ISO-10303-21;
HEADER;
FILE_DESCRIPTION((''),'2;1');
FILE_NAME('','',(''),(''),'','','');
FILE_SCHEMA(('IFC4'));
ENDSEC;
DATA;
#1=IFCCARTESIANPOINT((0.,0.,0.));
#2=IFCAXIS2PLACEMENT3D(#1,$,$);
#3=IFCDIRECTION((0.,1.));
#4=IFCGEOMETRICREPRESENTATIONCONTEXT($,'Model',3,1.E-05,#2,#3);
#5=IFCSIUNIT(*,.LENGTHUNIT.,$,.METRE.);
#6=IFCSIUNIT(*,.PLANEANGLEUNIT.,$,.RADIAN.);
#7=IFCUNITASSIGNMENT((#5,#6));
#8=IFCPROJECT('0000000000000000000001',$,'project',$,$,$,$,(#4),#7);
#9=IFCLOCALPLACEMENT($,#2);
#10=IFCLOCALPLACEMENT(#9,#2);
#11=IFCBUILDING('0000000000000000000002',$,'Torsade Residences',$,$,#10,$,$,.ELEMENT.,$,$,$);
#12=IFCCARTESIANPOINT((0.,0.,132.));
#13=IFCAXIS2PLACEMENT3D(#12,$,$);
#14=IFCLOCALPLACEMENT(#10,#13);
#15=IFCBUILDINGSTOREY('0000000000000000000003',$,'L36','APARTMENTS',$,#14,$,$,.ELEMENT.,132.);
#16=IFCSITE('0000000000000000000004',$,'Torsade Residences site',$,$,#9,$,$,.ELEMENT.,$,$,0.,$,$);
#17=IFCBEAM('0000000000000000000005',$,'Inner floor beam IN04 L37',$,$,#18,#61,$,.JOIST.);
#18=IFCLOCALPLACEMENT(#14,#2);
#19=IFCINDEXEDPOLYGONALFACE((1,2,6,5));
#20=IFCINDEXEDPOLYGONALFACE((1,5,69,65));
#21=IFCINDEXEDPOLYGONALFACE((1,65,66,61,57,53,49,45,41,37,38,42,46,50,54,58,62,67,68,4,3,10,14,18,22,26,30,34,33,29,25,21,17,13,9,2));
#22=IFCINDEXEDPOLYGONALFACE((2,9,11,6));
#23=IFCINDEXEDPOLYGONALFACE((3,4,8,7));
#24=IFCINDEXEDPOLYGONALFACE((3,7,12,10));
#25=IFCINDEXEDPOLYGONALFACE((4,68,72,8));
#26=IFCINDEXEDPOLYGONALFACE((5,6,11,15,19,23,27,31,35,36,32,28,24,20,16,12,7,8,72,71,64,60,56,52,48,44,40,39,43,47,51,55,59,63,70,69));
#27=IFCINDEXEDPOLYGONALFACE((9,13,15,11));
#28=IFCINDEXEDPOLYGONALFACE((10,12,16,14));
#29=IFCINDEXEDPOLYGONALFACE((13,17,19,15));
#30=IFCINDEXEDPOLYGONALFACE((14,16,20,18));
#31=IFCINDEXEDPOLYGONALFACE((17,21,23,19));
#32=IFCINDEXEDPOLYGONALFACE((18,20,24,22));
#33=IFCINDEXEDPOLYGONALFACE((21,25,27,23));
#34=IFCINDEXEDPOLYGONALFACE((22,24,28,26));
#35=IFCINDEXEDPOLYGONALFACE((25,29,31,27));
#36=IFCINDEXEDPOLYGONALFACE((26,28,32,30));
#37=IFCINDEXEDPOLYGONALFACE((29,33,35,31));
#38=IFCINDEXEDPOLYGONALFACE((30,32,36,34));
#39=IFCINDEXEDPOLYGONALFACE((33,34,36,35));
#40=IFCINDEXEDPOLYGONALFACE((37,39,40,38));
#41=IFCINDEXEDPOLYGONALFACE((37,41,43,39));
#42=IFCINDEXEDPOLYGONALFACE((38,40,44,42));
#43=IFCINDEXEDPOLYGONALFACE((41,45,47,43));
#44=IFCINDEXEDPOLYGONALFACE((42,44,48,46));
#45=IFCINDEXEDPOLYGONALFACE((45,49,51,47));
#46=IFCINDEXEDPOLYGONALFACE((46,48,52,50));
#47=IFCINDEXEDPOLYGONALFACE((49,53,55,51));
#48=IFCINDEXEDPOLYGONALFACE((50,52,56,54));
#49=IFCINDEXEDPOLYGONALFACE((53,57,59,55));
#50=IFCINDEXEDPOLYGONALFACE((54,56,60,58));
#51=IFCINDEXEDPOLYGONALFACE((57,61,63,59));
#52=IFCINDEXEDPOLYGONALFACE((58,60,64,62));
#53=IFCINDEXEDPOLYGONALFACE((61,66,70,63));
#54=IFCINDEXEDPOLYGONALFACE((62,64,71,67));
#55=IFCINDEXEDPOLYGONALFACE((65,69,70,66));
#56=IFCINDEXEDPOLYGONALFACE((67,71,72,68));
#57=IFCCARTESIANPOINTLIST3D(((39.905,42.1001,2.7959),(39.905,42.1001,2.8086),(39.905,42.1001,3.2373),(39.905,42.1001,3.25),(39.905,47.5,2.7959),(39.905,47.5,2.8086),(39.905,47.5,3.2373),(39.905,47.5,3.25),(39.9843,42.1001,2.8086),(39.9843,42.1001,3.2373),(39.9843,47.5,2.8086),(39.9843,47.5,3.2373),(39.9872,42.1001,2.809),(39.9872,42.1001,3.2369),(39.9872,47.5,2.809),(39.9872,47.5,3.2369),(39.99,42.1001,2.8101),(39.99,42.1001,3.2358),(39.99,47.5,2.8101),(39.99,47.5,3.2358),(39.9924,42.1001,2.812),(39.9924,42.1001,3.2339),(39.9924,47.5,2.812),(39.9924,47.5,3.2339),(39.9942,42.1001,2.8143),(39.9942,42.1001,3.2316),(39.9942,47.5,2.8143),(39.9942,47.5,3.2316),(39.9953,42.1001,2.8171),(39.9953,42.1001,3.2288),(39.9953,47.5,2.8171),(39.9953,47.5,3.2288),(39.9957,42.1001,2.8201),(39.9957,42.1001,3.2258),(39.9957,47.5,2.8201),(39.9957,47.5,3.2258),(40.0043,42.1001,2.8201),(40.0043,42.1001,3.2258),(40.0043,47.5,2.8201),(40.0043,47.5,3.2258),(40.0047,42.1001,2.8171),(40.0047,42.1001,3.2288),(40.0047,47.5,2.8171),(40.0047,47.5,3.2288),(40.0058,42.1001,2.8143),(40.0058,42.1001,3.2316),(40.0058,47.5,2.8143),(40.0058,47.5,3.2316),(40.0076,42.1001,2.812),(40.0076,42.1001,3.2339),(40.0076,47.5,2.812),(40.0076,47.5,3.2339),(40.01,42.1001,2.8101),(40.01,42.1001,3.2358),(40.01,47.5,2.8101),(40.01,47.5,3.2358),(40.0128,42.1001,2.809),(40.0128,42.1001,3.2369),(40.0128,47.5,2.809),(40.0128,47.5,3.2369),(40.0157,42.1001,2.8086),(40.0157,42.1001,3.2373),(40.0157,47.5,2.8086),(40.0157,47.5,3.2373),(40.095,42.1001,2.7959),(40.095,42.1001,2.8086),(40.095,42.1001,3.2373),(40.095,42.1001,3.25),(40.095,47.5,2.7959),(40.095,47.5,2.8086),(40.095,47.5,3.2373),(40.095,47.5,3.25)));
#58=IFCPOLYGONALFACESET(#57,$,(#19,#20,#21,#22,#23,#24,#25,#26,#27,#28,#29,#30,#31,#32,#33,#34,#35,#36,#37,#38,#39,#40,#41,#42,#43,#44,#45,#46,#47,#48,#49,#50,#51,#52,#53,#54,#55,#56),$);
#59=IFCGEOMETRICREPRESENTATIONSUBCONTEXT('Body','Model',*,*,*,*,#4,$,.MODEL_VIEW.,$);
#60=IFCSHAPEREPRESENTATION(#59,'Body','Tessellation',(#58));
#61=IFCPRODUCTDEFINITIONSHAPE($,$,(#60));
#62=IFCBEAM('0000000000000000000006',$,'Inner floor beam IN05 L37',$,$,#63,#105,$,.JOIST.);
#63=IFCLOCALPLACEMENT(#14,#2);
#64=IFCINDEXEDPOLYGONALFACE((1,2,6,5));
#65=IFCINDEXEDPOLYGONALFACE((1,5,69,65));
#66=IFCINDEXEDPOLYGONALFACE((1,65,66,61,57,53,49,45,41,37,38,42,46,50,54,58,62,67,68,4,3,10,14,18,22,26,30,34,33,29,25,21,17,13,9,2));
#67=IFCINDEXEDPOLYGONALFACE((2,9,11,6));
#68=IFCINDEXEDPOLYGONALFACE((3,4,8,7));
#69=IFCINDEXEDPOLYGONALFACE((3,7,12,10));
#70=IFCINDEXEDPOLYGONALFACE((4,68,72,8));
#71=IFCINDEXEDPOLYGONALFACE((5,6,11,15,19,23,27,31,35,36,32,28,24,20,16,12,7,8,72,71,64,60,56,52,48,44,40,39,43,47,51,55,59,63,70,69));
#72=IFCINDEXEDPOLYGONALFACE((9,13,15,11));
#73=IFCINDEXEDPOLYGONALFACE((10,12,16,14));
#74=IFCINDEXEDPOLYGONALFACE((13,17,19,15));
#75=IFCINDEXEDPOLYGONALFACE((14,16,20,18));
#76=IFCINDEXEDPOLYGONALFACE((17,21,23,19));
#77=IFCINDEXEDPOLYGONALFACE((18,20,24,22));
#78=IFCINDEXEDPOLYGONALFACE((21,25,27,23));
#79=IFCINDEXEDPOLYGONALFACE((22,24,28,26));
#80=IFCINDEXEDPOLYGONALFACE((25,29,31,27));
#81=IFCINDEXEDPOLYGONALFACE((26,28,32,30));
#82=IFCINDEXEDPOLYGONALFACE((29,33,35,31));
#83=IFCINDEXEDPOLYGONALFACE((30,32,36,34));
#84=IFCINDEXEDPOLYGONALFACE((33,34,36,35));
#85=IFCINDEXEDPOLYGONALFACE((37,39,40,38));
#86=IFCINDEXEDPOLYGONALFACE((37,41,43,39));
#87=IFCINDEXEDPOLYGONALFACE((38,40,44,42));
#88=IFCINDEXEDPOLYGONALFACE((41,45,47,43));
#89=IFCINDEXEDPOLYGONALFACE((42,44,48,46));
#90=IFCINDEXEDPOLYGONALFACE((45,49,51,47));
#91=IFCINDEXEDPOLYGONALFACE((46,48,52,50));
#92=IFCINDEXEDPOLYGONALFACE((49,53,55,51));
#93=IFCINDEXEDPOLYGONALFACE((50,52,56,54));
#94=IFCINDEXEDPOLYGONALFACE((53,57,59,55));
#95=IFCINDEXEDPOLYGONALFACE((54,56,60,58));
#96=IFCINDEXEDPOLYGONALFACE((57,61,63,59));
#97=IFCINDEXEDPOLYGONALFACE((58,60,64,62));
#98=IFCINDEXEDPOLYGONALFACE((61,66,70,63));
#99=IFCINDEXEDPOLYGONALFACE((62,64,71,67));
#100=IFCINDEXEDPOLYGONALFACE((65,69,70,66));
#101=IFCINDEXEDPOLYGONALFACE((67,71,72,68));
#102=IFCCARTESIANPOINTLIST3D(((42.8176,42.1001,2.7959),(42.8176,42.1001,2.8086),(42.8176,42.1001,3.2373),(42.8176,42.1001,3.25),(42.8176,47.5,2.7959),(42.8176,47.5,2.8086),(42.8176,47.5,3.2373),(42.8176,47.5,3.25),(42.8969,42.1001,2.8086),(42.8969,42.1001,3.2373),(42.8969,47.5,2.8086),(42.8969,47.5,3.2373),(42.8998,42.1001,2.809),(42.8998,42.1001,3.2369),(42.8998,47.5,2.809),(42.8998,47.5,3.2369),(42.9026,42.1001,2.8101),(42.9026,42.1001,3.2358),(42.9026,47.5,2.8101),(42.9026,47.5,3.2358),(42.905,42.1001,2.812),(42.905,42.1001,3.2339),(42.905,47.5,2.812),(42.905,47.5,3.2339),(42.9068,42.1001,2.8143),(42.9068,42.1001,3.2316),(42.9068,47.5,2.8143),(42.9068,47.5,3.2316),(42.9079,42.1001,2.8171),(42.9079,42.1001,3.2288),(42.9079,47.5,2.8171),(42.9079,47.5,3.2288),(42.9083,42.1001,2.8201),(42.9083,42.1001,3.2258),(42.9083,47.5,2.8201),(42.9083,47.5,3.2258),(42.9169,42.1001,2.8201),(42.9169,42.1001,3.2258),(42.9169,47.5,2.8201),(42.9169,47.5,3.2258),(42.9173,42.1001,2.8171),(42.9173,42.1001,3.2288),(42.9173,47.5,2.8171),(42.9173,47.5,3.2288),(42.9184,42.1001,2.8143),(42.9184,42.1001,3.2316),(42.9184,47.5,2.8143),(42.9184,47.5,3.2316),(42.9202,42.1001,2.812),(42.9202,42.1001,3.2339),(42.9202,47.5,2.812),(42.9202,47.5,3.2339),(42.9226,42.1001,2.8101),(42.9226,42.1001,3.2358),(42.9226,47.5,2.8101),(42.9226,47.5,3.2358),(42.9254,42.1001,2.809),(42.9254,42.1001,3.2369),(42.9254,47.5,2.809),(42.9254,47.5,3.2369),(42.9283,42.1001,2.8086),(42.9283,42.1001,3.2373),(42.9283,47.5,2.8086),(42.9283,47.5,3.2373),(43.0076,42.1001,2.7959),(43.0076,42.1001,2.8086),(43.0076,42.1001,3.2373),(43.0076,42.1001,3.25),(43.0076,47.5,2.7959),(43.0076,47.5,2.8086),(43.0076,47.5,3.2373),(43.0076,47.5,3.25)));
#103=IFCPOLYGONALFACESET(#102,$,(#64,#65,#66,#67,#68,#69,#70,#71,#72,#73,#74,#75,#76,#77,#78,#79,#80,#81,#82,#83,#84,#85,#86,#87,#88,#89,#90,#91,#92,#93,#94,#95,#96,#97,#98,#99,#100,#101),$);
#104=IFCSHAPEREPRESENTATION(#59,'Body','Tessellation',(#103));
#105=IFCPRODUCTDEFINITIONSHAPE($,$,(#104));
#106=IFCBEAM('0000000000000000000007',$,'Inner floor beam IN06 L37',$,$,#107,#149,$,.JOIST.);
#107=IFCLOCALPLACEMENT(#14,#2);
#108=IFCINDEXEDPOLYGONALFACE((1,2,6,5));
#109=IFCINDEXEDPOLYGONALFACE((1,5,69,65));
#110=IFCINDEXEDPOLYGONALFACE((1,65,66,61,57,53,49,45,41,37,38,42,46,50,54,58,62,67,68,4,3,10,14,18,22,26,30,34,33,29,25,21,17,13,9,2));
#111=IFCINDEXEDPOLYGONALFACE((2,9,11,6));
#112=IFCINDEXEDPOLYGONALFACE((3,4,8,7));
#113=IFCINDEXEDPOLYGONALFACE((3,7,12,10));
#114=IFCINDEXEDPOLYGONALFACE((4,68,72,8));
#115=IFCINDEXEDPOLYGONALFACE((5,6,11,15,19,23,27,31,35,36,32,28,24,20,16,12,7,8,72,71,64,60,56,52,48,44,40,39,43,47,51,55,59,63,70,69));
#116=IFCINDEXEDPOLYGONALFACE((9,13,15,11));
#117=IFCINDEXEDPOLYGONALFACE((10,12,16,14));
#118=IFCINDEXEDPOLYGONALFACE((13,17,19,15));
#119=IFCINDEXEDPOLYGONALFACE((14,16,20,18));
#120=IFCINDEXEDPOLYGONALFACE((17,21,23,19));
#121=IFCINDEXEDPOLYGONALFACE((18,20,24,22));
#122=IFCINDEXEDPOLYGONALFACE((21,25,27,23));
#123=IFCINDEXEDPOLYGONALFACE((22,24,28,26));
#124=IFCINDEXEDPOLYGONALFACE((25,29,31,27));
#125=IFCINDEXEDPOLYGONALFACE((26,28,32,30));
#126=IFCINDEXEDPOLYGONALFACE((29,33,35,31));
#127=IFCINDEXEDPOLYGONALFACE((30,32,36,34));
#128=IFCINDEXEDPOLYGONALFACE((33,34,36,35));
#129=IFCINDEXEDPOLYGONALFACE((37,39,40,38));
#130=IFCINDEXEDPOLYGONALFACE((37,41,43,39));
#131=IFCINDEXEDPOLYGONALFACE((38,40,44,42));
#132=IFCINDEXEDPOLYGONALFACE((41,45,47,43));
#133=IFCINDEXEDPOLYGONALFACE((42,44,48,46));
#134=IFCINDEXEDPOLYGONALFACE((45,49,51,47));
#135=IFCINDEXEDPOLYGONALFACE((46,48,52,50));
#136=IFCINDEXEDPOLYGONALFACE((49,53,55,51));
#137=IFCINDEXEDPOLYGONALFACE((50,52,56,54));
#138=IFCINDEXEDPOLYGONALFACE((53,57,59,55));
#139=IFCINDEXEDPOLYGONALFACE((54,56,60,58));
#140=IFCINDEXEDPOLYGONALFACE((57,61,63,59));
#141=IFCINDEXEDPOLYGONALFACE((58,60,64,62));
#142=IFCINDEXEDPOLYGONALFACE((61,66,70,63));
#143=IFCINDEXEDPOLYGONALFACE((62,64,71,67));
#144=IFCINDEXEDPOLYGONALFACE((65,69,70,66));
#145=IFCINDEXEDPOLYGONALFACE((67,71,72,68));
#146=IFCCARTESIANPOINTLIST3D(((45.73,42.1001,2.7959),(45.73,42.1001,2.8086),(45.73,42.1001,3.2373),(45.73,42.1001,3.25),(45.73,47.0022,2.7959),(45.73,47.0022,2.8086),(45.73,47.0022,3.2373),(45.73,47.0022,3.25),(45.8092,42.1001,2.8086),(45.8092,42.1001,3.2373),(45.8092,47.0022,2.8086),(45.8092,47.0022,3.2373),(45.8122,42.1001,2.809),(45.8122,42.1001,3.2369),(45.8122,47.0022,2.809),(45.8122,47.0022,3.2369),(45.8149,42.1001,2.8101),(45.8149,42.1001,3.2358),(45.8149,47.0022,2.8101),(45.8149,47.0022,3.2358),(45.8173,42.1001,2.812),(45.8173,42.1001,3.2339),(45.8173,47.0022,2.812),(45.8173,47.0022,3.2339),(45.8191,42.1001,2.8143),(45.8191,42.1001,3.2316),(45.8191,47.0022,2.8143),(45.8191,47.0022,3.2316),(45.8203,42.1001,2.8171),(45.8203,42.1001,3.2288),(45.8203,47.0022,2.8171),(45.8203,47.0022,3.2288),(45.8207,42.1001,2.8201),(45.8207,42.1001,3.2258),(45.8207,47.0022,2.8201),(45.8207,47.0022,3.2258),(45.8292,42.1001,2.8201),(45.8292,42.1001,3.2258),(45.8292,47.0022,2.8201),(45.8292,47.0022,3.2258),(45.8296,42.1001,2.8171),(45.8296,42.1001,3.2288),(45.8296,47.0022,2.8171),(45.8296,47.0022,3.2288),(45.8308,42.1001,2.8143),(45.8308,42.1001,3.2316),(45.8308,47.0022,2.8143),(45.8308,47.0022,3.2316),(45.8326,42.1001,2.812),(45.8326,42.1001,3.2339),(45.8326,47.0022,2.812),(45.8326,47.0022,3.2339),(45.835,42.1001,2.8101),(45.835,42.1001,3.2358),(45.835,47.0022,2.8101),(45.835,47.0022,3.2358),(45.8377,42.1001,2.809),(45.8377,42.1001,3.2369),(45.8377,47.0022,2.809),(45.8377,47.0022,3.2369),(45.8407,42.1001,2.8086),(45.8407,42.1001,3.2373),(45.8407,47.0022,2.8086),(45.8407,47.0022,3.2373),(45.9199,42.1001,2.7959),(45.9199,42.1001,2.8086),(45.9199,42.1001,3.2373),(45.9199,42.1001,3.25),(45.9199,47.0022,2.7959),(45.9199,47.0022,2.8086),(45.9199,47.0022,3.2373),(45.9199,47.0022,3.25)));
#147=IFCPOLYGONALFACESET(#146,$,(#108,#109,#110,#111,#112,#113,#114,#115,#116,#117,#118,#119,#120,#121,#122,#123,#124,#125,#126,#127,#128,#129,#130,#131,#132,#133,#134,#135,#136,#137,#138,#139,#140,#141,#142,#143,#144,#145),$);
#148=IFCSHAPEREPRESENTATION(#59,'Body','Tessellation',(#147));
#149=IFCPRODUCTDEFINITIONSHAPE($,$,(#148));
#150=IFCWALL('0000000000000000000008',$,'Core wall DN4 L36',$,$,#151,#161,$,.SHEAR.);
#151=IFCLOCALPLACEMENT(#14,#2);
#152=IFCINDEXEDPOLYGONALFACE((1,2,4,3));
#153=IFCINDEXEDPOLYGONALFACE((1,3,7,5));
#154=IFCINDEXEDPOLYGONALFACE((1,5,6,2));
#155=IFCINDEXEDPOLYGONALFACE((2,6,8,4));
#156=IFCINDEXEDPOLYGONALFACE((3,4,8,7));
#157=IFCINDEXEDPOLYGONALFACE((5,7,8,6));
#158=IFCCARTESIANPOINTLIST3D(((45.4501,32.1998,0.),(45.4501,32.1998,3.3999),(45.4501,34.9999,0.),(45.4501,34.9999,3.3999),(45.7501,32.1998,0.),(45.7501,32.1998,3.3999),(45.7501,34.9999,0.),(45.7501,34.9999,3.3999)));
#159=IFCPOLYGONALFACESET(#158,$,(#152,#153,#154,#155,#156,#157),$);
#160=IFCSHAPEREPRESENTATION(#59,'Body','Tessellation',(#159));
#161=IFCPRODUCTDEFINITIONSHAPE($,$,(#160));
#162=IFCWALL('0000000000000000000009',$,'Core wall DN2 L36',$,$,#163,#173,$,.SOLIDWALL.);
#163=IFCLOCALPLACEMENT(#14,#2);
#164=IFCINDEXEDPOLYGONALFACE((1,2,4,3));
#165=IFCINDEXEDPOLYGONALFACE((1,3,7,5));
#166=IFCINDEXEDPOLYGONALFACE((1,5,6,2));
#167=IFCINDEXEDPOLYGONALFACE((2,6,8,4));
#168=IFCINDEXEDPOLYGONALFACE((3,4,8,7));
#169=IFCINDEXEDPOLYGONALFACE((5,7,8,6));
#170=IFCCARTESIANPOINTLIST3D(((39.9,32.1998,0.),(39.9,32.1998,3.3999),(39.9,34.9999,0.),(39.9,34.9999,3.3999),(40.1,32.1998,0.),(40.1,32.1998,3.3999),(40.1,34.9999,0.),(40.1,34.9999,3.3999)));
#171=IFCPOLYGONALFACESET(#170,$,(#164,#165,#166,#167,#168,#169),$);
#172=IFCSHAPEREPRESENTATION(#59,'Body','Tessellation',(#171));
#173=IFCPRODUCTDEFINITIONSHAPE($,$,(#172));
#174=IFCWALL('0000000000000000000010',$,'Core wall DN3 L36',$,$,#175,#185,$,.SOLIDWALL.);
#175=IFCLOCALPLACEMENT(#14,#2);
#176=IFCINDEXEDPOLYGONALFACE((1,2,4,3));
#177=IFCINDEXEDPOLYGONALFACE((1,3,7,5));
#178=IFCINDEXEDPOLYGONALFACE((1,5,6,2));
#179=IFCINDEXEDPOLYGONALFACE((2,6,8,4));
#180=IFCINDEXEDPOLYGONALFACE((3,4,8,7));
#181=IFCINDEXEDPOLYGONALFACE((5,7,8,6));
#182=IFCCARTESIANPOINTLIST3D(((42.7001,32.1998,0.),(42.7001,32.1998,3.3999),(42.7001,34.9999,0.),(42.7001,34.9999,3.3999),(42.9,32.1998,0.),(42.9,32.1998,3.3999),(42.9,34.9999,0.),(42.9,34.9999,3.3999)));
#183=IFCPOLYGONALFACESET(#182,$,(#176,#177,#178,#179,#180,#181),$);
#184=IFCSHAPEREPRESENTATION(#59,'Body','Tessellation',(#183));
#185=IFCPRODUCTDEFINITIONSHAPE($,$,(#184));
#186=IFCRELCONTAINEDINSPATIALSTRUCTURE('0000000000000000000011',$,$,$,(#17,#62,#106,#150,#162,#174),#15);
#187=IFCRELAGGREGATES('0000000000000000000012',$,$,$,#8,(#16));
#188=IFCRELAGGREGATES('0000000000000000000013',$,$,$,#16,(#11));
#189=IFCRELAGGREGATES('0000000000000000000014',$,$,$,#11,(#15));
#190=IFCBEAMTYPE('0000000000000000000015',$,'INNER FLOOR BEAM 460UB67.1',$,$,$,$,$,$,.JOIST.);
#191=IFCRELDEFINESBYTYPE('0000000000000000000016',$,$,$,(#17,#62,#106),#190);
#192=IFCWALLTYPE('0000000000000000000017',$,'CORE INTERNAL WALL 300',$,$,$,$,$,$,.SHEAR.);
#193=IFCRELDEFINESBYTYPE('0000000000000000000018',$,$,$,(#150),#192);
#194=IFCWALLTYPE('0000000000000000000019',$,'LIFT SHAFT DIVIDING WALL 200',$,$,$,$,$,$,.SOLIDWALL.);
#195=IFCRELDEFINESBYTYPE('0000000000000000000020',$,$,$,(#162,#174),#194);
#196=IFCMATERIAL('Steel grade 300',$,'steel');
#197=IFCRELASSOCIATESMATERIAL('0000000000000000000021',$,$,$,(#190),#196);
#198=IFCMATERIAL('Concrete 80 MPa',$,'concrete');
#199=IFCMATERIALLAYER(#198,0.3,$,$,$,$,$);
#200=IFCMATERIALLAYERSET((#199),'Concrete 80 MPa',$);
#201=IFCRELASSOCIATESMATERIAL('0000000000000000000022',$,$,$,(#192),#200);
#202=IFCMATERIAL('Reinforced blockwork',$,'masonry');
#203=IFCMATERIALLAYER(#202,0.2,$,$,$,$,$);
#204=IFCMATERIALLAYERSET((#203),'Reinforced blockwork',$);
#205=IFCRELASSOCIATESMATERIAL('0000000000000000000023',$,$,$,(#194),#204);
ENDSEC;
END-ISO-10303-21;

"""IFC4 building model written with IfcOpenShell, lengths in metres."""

from ifc_helpers import new_model, si_unit, direction, frame, frame_2d, origin, origin_2d, place, context, subcontext, project, spatial, rectangle, i_section, extrude, material, layer, layer_set, material_profile, profile_set, type_object, element, save


model = new_model("IFC4")

# Units and contexts
model_context = context("Model", 3, precision=1e-05, world=origin(), true_north=direction((0.0, 1.0)))
body_context = subcontext(model_context, "Body", "Model", "MODEL_VIEW")
ifc_project = project(units=[si_unit("LENGTHUNIT", "METRE"), si_unit("PLANEANGLEUNIT", "RADIAN")], contexts=[model_context])

# Site, building, storey
site_placement = place(None, origin())
site = spatial("IfcSite", under=ifc_project, at=site_placement, Name="Torsade Residences site", CompositionType="ELEMENT", RefElevation=0.0)
building_placement = place(site_placement, origin())
building = spatial("IfcBuilding", under=site, at=building_placement, Name="Torsade Residences", CompositionType="ELEMENT")
storey_placement = place(building_placement, frame((0.0, 0.0, 132.0)))
storey = spatial("IfcBuildingStorey", under=building, at=storey_placement, Name="L36", Description="APARTMENTS", CompositionType="ELEMENT", Elevation=132.0)

# Beams
ifc_material_1 = material(Name="Steel grade 300", Category="steel")
ifc_material_profile = material_profile(ifc_material_1, i_section(OverallWidth=0.1899, OverallDepth=0.4541, WebThickness=0.0085, FlangeThickness=0.0127, FilletRadius=0.0115, at=origin_2d()), Name="460UB67.1")
ifc_profile_set = profile_set([ifc_material_profile], Name="Steel grade 300")
beam_type = type_object("IfcBeamType", Name="INNER FLOOR BEAM 460UB67.1", PredefinedType="JOIST", material=ifc_profile_set)
for number, where, z_axis, x_axis, name in (
    (1, (40.0, 42.1001, 3.0229), (0.0, 1.0, 0.0), (-1.0, 0.0, 0.0), "Inner floor beam IN04 L37"),
    (2, (42.9126, 42.1001, 3.0229), (0.0, 1.0, 0.0), (-1.0, 0.0, 0.0), "Inner floor beam IN05 L37"),
):
    element("IfcBeam", number, at=place(storey_placement, frame(where, z_axis=z_axis, x_axis=x_axis)), inside=storey, type_object=beam_type, Name=name, PredefinedType="JOIST", context=body_context, shape_type="SweptSolid", body=[
        extrude(i_section(OverallWidth=0.1899, OverallDepth=0.4541, WebThickness=0.0085, FlangeThickness=0.0127, FilletRadius=0.0115, at=origin_2d()), origin(), (0.0, 0.0, 1.0), 5.3999),
    ])
beam_placement = place(storey_placement, frame((45.825, 42.1001, 3.0229), z_axis=(0.0, 1.0, 0.0), x_axis=(-1.0, 0.0, 0.0)))
element("IfcBeam", 3, at=beam_placement, inside=storey, type_object=beam_type, Name="Inner floor beam IN06 L37", PredefinedType="JOIST", context=body_context, shape_type="SweptSolid", body=[
    extrude(i_section(OverallWidth=0.1899, OverallDepth=0.4541, WebThickness=0.0085, FlangeThickness=0.0127, FilletRadius=0.0115, at=origin_2d()), origin(), (0.0, 0.0, 1.0), 4.9021),
])

# Walls
ifc_material_2 = material(Name="Concrete 80 MPa", Category="concrete")
ifc_layer_1 = layer(ifc_material_2, 0.3)
ifc_layer_set_1 = layer_set([ifc_layer_1], Name="Concrete 80 MPa")
wall_type_1 = type_object("IfcWallType", Name="CORE INTERNAL WALL 300", PredefinedType="SHEAR", material=ifc_layer_set_1)
wall_1_placement = place(storey_placement, frame((45.6001, 32.2, 0.0), z_axis=(0.0, 0.0, 1.0), x_axis=(0.0, 1.0, 0.0)))
element("IfcWall", 4, at=wall_1_placement, inside=storey, type_object=wall_type_1, Name="Core wall DN4 L36", PredefinedType="SHEAR", context=body_context, shape_type="SweptSolid", body=[
    extrude(rectangle(XDim=2.8, YDim=0.3, at=frame_2d((1.3999, 0.0))), origin(), (0.0, 0.0, 1.0), 3.3999),
])
ifc_material_3 = material(Name="Reinforced blockwork", Category="masonry")
ifc_layer_2 = layer(ifc_material_3, 0.2)
ifc_layer_set_2 = layer_set([ifc_layer_2], Name="Reinforced blockwork")
wall_type_2 = type_object("IfcWallType", Name="LIFT SHAFT DIVIDING WALL 200", PredefinedType="SOLIDWALL", material=ifc_layer_set_2)
for number, where, z_axis, x_axis, name in (
    (5, (40.0, 32.2, 0.0), (0.0, 0.0, 1.0), (0.0, 1.0, 0.0), "Core wall DN2 L36"),
    (6, (42.8, 32.2, 0.0), (0.0, 0.0, 1.0), (0.0, 1.0, 0.0), "Core wall DN3 L36"),
):
    element("IfcWall", number, at=place(storey_placement, frame(where, z_axis=z_axis, x_axis=x_axis)), inside=storey, type_object=wall_type_2, Name=name, PredefinedType="SOLIDWALL", context=body_context, shape_type="SweptSolid", body=[
        extrude(rectangle(XDim=2.8, YDim=0.2, at=frame_2d((1.3999, 0.0))), origin(), (0.0, 0.0, 1.0), 3.3999),
    ])

save(model, "model.ifc")
